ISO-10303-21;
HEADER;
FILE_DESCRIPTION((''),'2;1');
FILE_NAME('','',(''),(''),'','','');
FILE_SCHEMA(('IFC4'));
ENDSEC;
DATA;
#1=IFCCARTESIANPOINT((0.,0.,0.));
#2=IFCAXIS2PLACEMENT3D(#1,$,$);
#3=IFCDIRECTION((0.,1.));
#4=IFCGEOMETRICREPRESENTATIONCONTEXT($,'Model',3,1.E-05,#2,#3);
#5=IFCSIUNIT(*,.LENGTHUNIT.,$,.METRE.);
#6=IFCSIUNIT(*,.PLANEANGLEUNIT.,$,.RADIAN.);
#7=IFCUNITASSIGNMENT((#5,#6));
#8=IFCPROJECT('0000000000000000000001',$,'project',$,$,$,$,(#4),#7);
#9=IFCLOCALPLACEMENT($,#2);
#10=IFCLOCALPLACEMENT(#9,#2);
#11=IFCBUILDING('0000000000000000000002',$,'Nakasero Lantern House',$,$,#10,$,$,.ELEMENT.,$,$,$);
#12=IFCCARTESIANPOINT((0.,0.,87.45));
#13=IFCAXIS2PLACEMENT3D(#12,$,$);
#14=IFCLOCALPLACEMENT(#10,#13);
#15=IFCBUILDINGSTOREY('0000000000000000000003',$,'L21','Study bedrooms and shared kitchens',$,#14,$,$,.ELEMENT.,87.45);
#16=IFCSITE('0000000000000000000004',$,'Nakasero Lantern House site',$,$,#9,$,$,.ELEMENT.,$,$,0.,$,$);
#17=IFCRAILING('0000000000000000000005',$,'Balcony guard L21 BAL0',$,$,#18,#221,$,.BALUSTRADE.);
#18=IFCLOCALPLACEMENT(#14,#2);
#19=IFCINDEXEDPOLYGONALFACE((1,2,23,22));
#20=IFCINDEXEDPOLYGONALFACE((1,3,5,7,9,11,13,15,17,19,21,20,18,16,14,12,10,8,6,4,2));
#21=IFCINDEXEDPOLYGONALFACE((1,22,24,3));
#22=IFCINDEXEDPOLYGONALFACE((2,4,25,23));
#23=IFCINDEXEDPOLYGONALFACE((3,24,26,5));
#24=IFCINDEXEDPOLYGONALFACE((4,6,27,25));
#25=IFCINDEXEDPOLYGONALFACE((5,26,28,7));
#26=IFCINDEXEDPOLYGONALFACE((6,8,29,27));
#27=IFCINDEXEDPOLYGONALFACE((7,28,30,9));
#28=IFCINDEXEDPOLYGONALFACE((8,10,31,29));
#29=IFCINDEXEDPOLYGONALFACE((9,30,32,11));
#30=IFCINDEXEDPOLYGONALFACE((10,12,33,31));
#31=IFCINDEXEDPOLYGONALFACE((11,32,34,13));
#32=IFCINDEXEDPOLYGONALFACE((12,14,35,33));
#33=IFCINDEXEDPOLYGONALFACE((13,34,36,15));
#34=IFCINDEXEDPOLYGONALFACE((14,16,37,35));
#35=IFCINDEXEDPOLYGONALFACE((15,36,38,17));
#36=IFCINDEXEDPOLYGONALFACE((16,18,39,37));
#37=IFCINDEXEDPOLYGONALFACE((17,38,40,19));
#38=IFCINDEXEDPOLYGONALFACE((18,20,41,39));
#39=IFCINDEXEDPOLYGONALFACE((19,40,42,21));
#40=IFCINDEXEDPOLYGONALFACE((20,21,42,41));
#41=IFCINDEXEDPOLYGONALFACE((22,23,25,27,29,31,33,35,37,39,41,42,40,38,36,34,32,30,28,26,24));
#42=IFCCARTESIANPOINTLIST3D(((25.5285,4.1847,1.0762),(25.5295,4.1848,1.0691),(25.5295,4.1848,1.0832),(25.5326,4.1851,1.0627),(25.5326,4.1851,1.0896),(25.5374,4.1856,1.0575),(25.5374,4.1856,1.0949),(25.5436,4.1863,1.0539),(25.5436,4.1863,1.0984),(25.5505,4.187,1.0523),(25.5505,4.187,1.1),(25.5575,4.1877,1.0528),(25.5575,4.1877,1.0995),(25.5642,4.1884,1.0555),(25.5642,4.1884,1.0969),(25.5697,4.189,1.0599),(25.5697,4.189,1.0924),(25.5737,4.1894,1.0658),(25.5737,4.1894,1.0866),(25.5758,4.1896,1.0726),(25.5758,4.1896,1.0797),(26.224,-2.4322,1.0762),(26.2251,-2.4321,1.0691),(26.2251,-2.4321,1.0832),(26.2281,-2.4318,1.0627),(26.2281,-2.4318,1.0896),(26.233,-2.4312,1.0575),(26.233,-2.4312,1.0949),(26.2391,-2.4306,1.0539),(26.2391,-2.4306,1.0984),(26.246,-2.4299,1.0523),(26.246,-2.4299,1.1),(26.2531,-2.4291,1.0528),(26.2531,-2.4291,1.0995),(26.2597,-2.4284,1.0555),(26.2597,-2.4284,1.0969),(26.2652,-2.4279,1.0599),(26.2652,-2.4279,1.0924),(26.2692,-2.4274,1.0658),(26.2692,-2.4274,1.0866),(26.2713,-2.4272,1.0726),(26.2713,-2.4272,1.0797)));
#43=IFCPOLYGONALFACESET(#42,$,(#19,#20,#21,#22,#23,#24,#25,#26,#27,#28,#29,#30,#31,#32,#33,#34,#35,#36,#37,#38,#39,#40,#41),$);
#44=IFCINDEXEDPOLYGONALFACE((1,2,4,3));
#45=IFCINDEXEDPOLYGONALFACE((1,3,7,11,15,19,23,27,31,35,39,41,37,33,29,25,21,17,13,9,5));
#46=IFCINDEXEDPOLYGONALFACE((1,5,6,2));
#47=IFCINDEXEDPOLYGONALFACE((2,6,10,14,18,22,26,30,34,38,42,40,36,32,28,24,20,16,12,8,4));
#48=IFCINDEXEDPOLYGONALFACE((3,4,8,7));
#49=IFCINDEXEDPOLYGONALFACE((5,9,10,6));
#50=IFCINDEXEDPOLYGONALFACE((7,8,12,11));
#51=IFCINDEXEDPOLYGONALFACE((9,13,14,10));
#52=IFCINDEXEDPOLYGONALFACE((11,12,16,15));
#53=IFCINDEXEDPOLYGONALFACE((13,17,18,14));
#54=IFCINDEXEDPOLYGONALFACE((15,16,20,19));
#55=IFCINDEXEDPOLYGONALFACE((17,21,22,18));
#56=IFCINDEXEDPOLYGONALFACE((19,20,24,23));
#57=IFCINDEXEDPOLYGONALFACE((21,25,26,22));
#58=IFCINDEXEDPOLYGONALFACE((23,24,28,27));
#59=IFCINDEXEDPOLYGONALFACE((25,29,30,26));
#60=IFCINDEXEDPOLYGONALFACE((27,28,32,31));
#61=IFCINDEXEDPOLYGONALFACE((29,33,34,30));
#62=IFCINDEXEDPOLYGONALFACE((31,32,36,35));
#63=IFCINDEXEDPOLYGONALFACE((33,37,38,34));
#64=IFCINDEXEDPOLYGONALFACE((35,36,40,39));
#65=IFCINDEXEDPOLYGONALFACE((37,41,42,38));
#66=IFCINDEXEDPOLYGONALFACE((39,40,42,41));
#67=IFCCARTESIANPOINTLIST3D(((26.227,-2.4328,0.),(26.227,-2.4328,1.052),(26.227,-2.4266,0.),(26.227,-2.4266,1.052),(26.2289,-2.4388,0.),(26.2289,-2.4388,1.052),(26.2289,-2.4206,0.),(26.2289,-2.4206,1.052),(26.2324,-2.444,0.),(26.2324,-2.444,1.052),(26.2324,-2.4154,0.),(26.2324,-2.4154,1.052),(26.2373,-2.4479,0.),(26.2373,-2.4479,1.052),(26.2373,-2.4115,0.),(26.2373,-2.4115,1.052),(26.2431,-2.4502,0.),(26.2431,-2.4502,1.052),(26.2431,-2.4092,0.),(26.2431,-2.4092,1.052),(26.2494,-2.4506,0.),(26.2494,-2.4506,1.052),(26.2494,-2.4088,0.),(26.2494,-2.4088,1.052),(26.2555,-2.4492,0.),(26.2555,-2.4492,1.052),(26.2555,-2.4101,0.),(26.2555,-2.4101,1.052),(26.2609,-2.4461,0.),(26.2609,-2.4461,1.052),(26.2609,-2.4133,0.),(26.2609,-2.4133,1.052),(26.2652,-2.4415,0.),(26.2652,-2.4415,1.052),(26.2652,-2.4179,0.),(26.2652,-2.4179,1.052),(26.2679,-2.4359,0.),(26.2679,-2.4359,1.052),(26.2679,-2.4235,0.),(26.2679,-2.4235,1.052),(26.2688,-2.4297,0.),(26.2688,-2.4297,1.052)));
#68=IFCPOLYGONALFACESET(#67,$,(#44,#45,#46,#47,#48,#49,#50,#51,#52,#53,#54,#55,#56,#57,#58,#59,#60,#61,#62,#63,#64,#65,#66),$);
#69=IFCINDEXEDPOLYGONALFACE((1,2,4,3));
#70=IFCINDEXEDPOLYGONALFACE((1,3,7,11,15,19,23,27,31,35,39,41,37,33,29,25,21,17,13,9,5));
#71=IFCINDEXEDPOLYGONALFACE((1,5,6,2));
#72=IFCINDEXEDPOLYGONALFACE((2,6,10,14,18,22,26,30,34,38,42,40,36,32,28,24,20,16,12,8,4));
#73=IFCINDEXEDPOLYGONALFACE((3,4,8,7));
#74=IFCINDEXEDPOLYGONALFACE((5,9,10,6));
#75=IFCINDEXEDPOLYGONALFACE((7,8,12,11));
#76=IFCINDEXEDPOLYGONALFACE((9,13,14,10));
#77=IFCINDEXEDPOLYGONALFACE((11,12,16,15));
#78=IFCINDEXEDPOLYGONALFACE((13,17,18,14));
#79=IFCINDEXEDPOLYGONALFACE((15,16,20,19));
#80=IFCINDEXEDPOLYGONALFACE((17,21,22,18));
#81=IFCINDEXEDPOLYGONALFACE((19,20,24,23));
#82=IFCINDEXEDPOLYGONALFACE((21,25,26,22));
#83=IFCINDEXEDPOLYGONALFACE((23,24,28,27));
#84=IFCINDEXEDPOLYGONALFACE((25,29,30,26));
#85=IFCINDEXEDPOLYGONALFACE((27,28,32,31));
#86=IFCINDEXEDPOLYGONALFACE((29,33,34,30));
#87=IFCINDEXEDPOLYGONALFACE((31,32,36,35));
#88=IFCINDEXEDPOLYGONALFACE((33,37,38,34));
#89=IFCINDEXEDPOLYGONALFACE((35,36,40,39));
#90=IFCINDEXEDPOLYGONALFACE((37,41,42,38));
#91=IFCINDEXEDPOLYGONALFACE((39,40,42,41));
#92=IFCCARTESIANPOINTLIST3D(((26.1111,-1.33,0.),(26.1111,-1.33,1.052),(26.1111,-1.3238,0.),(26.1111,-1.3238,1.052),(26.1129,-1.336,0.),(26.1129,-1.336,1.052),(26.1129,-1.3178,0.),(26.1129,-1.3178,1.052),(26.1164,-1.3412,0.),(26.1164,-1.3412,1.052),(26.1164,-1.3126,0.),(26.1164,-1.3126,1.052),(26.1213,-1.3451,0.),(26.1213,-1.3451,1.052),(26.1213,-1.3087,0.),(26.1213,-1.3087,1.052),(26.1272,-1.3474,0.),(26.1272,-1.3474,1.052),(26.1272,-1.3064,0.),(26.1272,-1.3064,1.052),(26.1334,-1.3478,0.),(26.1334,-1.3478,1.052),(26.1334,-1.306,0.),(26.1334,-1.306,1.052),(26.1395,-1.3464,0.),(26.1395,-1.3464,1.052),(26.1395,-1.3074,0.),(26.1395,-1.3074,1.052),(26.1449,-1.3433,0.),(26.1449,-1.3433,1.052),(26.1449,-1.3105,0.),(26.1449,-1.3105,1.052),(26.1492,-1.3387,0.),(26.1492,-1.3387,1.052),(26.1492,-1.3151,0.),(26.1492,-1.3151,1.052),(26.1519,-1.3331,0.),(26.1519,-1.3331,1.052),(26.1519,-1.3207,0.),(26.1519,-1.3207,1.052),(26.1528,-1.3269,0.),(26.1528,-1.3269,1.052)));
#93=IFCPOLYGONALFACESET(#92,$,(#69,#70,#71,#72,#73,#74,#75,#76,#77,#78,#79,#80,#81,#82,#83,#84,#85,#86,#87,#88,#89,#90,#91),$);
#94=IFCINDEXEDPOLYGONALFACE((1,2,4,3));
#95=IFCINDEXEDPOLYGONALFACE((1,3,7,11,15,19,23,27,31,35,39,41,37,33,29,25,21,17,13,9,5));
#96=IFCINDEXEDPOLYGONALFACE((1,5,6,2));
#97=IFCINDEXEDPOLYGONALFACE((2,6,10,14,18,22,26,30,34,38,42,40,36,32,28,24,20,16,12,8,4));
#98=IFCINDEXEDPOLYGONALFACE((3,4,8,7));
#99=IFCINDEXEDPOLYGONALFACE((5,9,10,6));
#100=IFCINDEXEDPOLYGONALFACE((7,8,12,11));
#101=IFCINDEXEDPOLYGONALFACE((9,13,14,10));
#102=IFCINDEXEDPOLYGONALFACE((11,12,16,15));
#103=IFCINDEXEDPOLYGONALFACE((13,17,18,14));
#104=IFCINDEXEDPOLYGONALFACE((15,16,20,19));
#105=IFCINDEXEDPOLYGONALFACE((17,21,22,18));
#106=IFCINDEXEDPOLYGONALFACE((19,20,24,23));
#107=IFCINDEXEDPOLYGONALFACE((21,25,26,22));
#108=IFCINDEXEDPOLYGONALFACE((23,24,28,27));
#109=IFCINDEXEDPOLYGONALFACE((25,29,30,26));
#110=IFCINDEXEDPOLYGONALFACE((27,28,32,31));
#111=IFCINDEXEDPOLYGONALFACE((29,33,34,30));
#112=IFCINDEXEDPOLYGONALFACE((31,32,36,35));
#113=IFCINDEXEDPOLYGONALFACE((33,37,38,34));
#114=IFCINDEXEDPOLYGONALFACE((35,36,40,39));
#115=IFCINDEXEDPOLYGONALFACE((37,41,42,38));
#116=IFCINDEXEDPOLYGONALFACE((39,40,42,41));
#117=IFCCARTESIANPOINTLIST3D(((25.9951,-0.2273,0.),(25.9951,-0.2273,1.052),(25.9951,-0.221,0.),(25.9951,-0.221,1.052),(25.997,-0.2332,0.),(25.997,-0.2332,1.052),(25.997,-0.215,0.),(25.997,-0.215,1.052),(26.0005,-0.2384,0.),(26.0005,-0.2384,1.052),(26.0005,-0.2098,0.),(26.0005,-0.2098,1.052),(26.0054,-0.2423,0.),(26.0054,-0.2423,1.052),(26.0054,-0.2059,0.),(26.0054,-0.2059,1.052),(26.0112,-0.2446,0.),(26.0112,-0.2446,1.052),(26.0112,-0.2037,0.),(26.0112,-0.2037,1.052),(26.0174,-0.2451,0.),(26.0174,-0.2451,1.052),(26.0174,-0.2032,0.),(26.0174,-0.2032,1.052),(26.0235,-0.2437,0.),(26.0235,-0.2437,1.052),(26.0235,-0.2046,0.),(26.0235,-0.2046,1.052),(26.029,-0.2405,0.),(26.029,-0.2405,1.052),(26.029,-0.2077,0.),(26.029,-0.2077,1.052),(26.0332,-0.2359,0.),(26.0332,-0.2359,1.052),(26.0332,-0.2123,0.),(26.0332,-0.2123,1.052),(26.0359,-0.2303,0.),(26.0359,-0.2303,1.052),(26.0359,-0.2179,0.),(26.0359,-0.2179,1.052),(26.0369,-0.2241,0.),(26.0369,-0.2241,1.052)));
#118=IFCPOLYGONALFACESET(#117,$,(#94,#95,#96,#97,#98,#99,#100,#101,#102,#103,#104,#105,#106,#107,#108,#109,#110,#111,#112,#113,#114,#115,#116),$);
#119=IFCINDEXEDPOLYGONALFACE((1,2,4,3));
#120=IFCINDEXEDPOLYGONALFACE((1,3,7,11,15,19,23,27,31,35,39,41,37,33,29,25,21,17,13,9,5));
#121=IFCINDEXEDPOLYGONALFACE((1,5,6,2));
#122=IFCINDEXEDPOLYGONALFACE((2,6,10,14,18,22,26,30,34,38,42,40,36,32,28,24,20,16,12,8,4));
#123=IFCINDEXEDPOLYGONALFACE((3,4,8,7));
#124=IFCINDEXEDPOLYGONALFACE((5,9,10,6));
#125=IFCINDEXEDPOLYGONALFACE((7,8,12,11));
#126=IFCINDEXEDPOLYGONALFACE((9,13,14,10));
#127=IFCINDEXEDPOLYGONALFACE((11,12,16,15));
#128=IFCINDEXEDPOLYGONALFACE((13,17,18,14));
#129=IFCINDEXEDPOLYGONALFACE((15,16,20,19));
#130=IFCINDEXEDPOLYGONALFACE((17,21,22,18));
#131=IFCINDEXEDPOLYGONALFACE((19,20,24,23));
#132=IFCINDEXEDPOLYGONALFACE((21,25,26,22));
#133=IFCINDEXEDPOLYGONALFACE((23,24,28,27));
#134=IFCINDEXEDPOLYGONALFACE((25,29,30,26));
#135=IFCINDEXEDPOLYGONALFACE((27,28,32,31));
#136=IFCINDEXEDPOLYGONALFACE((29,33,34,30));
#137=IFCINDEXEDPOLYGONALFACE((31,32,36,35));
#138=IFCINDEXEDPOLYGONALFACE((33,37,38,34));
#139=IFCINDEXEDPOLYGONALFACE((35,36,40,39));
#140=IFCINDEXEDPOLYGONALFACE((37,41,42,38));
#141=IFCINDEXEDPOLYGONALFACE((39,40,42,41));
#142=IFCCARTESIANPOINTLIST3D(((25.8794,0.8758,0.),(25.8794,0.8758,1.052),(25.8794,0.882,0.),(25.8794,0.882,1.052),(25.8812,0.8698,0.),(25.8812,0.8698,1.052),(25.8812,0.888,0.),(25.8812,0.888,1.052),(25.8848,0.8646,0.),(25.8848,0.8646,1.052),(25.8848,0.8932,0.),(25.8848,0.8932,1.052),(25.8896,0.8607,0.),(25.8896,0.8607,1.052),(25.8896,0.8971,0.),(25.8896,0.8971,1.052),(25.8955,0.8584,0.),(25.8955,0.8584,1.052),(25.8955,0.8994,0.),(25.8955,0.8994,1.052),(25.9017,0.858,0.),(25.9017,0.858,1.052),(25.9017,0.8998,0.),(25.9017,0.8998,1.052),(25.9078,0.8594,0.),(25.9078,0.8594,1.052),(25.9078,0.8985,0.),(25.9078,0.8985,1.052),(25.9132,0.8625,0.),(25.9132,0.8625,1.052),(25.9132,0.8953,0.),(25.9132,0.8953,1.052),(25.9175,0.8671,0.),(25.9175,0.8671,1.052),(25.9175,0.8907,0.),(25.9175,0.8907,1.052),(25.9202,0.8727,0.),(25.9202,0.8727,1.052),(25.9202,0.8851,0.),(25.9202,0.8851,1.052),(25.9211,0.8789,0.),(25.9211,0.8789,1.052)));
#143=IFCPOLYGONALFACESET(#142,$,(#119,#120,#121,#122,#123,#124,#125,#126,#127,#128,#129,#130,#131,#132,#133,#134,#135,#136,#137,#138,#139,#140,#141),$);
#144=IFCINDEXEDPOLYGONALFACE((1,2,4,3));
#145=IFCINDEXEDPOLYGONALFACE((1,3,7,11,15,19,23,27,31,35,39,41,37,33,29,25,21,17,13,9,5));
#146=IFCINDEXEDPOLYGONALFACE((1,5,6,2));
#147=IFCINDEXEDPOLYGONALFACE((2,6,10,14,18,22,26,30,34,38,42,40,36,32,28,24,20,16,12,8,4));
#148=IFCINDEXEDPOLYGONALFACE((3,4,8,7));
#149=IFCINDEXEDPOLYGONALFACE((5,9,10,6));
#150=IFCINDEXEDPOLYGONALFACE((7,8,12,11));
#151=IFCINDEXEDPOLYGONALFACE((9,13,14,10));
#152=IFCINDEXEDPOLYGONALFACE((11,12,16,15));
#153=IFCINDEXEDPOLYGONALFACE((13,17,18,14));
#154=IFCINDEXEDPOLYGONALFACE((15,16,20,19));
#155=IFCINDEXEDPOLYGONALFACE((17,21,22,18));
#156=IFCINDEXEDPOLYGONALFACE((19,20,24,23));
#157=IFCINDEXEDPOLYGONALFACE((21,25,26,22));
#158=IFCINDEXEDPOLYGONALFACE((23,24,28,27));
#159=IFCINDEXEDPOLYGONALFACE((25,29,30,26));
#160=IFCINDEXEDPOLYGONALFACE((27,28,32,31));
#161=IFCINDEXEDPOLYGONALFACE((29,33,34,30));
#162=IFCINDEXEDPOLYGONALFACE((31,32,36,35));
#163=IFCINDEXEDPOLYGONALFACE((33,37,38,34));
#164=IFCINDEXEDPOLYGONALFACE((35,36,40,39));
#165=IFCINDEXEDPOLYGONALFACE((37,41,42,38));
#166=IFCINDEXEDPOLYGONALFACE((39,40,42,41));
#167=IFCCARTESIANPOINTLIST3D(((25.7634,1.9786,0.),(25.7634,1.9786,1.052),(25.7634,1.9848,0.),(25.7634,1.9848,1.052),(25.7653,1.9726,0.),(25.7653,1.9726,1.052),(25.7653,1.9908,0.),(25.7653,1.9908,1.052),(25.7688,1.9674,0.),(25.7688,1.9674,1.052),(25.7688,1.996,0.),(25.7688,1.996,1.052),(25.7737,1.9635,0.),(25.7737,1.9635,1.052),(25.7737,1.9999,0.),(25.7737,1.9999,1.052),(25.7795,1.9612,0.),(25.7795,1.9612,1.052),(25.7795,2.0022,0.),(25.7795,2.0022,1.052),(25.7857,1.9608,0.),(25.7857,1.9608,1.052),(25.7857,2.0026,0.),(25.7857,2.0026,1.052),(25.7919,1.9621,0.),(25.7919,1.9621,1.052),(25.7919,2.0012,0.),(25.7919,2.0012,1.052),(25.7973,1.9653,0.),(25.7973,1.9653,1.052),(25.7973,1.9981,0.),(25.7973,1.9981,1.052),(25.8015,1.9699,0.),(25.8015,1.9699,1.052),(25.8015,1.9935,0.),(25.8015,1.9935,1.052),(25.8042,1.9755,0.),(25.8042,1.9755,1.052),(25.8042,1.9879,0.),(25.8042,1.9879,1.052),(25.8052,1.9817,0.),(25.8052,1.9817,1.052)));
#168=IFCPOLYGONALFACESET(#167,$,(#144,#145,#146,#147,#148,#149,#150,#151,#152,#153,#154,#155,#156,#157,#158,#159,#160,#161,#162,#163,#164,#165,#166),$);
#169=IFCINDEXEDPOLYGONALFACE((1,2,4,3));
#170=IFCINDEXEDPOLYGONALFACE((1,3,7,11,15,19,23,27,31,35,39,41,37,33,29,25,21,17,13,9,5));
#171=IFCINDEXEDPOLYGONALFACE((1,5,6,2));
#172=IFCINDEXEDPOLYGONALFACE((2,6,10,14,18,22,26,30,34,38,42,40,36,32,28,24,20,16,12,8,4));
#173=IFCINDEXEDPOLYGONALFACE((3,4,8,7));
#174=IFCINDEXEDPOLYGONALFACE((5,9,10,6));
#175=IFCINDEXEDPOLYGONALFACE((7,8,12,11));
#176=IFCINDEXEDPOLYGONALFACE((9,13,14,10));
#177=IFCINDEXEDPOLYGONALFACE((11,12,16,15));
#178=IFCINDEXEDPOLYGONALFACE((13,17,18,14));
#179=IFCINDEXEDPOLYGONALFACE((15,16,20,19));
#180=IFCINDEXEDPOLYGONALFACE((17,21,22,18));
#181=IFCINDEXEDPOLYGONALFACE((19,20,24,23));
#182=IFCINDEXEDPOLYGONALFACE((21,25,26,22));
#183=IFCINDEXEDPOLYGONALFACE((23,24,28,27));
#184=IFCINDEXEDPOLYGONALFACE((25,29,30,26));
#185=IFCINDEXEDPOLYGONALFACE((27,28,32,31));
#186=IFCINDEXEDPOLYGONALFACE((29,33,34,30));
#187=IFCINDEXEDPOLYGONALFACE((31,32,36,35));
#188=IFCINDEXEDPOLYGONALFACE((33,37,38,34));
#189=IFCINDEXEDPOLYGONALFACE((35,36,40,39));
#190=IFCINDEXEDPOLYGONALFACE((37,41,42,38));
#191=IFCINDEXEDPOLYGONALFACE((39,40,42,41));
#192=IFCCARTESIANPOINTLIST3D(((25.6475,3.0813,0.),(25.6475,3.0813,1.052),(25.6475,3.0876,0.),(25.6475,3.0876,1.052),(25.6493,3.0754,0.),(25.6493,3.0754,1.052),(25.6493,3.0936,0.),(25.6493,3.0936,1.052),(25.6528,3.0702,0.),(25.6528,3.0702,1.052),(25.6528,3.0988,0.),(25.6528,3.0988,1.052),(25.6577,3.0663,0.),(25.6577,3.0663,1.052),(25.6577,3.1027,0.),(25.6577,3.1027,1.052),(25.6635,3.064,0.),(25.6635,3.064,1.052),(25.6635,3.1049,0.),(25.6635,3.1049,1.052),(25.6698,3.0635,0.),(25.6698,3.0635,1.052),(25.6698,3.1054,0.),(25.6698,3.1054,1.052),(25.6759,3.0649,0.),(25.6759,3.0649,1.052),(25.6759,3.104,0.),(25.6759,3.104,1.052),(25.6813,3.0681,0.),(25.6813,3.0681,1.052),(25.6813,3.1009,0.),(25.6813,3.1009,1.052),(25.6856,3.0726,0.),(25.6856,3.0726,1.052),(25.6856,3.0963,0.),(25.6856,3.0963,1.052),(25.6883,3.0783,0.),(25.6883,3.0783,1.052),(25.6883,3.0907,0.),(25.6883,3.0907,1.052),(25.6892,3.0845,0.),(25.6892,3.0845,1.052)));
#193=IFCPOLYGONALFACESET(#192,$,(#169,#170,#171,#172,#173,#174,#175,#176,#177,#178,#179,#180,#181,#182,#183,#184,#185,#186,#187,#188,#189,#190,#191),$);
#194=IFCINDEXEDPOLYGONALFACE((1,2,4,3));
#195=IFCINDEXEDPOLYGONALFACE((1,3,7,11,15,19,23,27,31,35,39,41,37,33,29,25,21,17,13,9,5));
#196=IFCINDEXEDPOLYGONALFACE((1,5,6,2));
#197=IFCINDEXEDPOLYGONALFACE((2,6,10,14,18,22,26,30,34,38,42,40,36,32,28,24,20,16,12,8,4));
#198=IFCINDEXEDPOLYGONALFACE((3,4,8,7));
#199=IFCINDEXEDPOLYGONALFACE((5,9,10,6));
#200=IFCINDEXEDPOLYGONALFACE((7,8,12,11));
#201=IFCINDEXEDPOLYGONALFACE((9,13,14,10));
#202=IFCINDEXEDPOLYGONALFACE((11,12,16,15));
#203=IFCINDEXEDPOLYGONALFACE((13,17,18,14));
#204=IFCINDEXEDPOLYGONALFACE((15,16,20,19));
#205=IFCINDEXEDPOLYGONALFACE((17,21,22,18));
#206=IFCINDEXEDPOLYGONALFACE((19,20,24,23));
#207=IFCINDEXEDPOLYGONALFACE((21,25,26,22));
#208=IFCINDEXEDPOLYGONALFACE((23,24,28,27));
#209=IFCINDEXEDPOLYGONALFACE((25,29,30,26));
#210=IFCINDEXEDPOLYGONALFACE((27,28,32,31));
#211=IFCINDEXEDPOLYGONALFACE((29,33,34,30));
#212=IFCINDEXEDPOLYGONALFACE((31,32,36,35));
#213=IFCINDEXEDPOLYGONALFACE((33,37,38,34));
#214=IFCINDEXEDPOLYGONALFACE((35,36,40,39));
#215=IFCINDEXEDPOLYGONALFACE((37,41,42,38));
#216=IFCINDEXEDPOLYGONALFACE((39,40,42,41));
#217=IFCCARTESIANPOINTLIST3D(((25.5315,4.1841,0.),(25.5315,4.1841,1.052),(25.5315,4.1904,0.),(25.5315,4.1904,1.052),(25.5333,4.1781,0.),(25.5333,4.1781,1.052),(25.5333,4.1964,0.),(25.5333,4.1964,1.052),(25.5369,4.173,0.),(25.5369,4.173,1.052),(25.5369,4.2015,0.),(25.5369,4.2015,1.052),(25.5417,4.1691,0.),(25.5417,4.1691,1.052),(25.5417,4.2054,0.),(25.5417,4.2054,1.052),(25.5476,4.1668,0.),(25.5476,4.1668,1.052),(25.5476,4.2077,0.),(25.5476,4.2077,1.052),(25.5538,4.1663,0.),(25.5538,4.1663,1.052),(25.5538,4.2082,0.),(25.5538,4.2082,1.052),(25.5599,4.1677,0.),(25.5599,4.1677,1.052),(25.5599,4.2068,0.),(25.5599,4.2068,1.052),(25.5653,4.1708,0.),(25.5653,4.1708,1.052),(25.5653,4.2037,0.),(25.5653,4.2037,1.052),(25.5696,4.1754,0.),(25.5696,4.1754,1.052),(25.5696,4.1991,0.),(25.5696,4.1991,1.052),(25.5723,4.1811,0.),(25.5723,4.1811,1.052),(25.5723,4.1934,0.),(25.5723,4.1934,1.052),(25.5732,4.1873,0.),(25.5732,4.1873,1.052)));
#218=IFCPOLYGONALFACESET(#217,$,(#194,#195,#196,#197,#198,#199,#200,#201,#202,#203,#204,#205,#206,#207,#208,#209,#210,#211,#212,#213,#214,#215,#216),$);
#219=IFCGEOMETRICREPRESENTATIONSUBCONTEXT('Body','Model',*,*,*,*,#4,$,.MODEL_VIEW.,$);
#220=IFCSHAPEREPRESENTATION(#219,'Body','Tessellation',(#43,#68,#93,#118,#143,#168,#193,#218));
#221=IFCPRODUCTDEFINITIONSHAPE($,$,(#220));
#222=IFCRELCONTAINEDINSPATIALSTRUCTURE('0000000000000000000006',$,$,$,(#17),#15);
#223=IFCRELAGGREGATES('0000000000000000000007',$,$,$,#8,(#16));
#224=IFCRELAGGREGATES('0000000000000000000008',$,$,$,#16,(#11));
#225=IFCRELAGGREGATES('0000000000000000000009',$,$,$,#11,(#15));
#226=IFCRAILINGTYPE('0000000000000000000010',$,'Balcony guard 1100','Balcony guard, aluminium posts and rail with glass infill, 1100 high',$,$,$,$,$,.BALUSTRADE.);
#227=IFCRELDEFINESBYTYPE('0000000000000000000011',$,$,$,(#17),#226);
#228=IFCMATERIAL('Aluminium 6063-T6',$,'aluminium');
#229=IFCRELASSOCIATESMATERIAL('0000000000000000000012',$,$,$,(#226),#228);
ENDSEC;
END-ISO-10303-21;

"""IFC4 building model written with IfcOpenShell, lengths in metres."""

from ifc_helpers import new_model, si_unit, direction, frame, origin, origin_2d, place, context, subcontext, project, spatial, circle, extrude, material, type_object, element, save


model = new_model("IFC4")

# Units and contexts
model_context = context("Model", 3, precision=1e-05, world=origin(), true_north=direction((0.0, 1.0)))
body_context = subcontext(model_context, "Body", "Model", "MODEL_VIEW")
ifc_project = project(units=[si_unit("LENGTHUNIT", "METRE"), si_unit("PLANEANGLEUNIT", "RADIAN")], contexts=[model_context])

# Site, building, storey
site_placement = place(None, origin())
site = spatial("IfcSite", under=ifc_project, at=site_placement, Name="Nakasero Lantern House site", CompositionType="ELEMENT", RefElevation=0.0)
building_placement = place(site_placement, origin())
building = spatial("IfcBuilding", under=site, at=building_placement, Name="Nakasero Lantern House", CompositionType="ELEMENT")
storey_placement = place(building_placement, frame((0.0, 0.0, 87.45)))
storey = spatial("IfcBuildingStorey", under=building, at=storey_placement, Name="L21", Description="Study bedrooms and shared kitchens", CompositionType="ELEMENT", Elevation=87.45)

# Railing
ifc_material_1 = material(Name="Aluminium 6063-T6", Category="aluminium")
railing_type = type_object("IfcRailingType", Name="Balcony guard 1100", Description="Balcony guard, aluminium posts and rail with glass infill, 1100 high", PredefinedType="BALUSTRADE", material=ifc_material_1)
railing_placement = place(storey_placement, frame((26.2478, -2.4297, 0.0)))
element("IfcRailing", 1, at=railing_placement, inside=storey, type_object=railing_type, Name="Balcony guard L21 BAL0", PredefinedType="BALUSTRADE", context=body_context, shape_type="SweptSolid", body=[
    extrude(circle(Radius=0.0239, at=origin_2d()), frame((0.0, 0.0, 1.0762), z_axis=(-0.104542, 0.994521, 0.0), x_axis=(-0.994521, -0.104542, 0.0)), (0.0, 0.0, 1.0), 6.6533),
    extrude(circle(Radius=0.021, at=origin_2d()), origin(), (0.0, 0.0, 1.0), 1.052),
    extrude(circle(Radius=0.021, at=origin_2d()), frame((-0.116, 1.1028, 0.0)), (0.0, 0.0, 1.0), 1.052),
    extrude(circle(Radius=0.021, at=origin_2d()), frame((-0.2319, 2.2056, 0.0)), (0.0, 0.0, 1.0), 1.052),
    extrude(circle(Radius=0.021, at=origin_2d()), frame((-0.3477, 3.3086, 0.0)), (0.0, 0.0, 1.0), 1.052),
    extrude(circle(Radius=0.021, at=origin_2d()), frame((-0.4636, 4.4114, 0.0)), (0.0, 0.0, 1.0), 1.052),
    extrude(circle(Radius=0.021, at=origin_2d()), frame((-0.5796, 5.5142, 0.0)), (0.0, 0.0, 1.0), 1.052),
    extrude(circle(Radius=0.021, at=origin_2d()), frame((-0.6956, 6.6169, 0.0)), (0.0, 0.0, 1.0), 1.052),
])

save(model, "model.ifc")
